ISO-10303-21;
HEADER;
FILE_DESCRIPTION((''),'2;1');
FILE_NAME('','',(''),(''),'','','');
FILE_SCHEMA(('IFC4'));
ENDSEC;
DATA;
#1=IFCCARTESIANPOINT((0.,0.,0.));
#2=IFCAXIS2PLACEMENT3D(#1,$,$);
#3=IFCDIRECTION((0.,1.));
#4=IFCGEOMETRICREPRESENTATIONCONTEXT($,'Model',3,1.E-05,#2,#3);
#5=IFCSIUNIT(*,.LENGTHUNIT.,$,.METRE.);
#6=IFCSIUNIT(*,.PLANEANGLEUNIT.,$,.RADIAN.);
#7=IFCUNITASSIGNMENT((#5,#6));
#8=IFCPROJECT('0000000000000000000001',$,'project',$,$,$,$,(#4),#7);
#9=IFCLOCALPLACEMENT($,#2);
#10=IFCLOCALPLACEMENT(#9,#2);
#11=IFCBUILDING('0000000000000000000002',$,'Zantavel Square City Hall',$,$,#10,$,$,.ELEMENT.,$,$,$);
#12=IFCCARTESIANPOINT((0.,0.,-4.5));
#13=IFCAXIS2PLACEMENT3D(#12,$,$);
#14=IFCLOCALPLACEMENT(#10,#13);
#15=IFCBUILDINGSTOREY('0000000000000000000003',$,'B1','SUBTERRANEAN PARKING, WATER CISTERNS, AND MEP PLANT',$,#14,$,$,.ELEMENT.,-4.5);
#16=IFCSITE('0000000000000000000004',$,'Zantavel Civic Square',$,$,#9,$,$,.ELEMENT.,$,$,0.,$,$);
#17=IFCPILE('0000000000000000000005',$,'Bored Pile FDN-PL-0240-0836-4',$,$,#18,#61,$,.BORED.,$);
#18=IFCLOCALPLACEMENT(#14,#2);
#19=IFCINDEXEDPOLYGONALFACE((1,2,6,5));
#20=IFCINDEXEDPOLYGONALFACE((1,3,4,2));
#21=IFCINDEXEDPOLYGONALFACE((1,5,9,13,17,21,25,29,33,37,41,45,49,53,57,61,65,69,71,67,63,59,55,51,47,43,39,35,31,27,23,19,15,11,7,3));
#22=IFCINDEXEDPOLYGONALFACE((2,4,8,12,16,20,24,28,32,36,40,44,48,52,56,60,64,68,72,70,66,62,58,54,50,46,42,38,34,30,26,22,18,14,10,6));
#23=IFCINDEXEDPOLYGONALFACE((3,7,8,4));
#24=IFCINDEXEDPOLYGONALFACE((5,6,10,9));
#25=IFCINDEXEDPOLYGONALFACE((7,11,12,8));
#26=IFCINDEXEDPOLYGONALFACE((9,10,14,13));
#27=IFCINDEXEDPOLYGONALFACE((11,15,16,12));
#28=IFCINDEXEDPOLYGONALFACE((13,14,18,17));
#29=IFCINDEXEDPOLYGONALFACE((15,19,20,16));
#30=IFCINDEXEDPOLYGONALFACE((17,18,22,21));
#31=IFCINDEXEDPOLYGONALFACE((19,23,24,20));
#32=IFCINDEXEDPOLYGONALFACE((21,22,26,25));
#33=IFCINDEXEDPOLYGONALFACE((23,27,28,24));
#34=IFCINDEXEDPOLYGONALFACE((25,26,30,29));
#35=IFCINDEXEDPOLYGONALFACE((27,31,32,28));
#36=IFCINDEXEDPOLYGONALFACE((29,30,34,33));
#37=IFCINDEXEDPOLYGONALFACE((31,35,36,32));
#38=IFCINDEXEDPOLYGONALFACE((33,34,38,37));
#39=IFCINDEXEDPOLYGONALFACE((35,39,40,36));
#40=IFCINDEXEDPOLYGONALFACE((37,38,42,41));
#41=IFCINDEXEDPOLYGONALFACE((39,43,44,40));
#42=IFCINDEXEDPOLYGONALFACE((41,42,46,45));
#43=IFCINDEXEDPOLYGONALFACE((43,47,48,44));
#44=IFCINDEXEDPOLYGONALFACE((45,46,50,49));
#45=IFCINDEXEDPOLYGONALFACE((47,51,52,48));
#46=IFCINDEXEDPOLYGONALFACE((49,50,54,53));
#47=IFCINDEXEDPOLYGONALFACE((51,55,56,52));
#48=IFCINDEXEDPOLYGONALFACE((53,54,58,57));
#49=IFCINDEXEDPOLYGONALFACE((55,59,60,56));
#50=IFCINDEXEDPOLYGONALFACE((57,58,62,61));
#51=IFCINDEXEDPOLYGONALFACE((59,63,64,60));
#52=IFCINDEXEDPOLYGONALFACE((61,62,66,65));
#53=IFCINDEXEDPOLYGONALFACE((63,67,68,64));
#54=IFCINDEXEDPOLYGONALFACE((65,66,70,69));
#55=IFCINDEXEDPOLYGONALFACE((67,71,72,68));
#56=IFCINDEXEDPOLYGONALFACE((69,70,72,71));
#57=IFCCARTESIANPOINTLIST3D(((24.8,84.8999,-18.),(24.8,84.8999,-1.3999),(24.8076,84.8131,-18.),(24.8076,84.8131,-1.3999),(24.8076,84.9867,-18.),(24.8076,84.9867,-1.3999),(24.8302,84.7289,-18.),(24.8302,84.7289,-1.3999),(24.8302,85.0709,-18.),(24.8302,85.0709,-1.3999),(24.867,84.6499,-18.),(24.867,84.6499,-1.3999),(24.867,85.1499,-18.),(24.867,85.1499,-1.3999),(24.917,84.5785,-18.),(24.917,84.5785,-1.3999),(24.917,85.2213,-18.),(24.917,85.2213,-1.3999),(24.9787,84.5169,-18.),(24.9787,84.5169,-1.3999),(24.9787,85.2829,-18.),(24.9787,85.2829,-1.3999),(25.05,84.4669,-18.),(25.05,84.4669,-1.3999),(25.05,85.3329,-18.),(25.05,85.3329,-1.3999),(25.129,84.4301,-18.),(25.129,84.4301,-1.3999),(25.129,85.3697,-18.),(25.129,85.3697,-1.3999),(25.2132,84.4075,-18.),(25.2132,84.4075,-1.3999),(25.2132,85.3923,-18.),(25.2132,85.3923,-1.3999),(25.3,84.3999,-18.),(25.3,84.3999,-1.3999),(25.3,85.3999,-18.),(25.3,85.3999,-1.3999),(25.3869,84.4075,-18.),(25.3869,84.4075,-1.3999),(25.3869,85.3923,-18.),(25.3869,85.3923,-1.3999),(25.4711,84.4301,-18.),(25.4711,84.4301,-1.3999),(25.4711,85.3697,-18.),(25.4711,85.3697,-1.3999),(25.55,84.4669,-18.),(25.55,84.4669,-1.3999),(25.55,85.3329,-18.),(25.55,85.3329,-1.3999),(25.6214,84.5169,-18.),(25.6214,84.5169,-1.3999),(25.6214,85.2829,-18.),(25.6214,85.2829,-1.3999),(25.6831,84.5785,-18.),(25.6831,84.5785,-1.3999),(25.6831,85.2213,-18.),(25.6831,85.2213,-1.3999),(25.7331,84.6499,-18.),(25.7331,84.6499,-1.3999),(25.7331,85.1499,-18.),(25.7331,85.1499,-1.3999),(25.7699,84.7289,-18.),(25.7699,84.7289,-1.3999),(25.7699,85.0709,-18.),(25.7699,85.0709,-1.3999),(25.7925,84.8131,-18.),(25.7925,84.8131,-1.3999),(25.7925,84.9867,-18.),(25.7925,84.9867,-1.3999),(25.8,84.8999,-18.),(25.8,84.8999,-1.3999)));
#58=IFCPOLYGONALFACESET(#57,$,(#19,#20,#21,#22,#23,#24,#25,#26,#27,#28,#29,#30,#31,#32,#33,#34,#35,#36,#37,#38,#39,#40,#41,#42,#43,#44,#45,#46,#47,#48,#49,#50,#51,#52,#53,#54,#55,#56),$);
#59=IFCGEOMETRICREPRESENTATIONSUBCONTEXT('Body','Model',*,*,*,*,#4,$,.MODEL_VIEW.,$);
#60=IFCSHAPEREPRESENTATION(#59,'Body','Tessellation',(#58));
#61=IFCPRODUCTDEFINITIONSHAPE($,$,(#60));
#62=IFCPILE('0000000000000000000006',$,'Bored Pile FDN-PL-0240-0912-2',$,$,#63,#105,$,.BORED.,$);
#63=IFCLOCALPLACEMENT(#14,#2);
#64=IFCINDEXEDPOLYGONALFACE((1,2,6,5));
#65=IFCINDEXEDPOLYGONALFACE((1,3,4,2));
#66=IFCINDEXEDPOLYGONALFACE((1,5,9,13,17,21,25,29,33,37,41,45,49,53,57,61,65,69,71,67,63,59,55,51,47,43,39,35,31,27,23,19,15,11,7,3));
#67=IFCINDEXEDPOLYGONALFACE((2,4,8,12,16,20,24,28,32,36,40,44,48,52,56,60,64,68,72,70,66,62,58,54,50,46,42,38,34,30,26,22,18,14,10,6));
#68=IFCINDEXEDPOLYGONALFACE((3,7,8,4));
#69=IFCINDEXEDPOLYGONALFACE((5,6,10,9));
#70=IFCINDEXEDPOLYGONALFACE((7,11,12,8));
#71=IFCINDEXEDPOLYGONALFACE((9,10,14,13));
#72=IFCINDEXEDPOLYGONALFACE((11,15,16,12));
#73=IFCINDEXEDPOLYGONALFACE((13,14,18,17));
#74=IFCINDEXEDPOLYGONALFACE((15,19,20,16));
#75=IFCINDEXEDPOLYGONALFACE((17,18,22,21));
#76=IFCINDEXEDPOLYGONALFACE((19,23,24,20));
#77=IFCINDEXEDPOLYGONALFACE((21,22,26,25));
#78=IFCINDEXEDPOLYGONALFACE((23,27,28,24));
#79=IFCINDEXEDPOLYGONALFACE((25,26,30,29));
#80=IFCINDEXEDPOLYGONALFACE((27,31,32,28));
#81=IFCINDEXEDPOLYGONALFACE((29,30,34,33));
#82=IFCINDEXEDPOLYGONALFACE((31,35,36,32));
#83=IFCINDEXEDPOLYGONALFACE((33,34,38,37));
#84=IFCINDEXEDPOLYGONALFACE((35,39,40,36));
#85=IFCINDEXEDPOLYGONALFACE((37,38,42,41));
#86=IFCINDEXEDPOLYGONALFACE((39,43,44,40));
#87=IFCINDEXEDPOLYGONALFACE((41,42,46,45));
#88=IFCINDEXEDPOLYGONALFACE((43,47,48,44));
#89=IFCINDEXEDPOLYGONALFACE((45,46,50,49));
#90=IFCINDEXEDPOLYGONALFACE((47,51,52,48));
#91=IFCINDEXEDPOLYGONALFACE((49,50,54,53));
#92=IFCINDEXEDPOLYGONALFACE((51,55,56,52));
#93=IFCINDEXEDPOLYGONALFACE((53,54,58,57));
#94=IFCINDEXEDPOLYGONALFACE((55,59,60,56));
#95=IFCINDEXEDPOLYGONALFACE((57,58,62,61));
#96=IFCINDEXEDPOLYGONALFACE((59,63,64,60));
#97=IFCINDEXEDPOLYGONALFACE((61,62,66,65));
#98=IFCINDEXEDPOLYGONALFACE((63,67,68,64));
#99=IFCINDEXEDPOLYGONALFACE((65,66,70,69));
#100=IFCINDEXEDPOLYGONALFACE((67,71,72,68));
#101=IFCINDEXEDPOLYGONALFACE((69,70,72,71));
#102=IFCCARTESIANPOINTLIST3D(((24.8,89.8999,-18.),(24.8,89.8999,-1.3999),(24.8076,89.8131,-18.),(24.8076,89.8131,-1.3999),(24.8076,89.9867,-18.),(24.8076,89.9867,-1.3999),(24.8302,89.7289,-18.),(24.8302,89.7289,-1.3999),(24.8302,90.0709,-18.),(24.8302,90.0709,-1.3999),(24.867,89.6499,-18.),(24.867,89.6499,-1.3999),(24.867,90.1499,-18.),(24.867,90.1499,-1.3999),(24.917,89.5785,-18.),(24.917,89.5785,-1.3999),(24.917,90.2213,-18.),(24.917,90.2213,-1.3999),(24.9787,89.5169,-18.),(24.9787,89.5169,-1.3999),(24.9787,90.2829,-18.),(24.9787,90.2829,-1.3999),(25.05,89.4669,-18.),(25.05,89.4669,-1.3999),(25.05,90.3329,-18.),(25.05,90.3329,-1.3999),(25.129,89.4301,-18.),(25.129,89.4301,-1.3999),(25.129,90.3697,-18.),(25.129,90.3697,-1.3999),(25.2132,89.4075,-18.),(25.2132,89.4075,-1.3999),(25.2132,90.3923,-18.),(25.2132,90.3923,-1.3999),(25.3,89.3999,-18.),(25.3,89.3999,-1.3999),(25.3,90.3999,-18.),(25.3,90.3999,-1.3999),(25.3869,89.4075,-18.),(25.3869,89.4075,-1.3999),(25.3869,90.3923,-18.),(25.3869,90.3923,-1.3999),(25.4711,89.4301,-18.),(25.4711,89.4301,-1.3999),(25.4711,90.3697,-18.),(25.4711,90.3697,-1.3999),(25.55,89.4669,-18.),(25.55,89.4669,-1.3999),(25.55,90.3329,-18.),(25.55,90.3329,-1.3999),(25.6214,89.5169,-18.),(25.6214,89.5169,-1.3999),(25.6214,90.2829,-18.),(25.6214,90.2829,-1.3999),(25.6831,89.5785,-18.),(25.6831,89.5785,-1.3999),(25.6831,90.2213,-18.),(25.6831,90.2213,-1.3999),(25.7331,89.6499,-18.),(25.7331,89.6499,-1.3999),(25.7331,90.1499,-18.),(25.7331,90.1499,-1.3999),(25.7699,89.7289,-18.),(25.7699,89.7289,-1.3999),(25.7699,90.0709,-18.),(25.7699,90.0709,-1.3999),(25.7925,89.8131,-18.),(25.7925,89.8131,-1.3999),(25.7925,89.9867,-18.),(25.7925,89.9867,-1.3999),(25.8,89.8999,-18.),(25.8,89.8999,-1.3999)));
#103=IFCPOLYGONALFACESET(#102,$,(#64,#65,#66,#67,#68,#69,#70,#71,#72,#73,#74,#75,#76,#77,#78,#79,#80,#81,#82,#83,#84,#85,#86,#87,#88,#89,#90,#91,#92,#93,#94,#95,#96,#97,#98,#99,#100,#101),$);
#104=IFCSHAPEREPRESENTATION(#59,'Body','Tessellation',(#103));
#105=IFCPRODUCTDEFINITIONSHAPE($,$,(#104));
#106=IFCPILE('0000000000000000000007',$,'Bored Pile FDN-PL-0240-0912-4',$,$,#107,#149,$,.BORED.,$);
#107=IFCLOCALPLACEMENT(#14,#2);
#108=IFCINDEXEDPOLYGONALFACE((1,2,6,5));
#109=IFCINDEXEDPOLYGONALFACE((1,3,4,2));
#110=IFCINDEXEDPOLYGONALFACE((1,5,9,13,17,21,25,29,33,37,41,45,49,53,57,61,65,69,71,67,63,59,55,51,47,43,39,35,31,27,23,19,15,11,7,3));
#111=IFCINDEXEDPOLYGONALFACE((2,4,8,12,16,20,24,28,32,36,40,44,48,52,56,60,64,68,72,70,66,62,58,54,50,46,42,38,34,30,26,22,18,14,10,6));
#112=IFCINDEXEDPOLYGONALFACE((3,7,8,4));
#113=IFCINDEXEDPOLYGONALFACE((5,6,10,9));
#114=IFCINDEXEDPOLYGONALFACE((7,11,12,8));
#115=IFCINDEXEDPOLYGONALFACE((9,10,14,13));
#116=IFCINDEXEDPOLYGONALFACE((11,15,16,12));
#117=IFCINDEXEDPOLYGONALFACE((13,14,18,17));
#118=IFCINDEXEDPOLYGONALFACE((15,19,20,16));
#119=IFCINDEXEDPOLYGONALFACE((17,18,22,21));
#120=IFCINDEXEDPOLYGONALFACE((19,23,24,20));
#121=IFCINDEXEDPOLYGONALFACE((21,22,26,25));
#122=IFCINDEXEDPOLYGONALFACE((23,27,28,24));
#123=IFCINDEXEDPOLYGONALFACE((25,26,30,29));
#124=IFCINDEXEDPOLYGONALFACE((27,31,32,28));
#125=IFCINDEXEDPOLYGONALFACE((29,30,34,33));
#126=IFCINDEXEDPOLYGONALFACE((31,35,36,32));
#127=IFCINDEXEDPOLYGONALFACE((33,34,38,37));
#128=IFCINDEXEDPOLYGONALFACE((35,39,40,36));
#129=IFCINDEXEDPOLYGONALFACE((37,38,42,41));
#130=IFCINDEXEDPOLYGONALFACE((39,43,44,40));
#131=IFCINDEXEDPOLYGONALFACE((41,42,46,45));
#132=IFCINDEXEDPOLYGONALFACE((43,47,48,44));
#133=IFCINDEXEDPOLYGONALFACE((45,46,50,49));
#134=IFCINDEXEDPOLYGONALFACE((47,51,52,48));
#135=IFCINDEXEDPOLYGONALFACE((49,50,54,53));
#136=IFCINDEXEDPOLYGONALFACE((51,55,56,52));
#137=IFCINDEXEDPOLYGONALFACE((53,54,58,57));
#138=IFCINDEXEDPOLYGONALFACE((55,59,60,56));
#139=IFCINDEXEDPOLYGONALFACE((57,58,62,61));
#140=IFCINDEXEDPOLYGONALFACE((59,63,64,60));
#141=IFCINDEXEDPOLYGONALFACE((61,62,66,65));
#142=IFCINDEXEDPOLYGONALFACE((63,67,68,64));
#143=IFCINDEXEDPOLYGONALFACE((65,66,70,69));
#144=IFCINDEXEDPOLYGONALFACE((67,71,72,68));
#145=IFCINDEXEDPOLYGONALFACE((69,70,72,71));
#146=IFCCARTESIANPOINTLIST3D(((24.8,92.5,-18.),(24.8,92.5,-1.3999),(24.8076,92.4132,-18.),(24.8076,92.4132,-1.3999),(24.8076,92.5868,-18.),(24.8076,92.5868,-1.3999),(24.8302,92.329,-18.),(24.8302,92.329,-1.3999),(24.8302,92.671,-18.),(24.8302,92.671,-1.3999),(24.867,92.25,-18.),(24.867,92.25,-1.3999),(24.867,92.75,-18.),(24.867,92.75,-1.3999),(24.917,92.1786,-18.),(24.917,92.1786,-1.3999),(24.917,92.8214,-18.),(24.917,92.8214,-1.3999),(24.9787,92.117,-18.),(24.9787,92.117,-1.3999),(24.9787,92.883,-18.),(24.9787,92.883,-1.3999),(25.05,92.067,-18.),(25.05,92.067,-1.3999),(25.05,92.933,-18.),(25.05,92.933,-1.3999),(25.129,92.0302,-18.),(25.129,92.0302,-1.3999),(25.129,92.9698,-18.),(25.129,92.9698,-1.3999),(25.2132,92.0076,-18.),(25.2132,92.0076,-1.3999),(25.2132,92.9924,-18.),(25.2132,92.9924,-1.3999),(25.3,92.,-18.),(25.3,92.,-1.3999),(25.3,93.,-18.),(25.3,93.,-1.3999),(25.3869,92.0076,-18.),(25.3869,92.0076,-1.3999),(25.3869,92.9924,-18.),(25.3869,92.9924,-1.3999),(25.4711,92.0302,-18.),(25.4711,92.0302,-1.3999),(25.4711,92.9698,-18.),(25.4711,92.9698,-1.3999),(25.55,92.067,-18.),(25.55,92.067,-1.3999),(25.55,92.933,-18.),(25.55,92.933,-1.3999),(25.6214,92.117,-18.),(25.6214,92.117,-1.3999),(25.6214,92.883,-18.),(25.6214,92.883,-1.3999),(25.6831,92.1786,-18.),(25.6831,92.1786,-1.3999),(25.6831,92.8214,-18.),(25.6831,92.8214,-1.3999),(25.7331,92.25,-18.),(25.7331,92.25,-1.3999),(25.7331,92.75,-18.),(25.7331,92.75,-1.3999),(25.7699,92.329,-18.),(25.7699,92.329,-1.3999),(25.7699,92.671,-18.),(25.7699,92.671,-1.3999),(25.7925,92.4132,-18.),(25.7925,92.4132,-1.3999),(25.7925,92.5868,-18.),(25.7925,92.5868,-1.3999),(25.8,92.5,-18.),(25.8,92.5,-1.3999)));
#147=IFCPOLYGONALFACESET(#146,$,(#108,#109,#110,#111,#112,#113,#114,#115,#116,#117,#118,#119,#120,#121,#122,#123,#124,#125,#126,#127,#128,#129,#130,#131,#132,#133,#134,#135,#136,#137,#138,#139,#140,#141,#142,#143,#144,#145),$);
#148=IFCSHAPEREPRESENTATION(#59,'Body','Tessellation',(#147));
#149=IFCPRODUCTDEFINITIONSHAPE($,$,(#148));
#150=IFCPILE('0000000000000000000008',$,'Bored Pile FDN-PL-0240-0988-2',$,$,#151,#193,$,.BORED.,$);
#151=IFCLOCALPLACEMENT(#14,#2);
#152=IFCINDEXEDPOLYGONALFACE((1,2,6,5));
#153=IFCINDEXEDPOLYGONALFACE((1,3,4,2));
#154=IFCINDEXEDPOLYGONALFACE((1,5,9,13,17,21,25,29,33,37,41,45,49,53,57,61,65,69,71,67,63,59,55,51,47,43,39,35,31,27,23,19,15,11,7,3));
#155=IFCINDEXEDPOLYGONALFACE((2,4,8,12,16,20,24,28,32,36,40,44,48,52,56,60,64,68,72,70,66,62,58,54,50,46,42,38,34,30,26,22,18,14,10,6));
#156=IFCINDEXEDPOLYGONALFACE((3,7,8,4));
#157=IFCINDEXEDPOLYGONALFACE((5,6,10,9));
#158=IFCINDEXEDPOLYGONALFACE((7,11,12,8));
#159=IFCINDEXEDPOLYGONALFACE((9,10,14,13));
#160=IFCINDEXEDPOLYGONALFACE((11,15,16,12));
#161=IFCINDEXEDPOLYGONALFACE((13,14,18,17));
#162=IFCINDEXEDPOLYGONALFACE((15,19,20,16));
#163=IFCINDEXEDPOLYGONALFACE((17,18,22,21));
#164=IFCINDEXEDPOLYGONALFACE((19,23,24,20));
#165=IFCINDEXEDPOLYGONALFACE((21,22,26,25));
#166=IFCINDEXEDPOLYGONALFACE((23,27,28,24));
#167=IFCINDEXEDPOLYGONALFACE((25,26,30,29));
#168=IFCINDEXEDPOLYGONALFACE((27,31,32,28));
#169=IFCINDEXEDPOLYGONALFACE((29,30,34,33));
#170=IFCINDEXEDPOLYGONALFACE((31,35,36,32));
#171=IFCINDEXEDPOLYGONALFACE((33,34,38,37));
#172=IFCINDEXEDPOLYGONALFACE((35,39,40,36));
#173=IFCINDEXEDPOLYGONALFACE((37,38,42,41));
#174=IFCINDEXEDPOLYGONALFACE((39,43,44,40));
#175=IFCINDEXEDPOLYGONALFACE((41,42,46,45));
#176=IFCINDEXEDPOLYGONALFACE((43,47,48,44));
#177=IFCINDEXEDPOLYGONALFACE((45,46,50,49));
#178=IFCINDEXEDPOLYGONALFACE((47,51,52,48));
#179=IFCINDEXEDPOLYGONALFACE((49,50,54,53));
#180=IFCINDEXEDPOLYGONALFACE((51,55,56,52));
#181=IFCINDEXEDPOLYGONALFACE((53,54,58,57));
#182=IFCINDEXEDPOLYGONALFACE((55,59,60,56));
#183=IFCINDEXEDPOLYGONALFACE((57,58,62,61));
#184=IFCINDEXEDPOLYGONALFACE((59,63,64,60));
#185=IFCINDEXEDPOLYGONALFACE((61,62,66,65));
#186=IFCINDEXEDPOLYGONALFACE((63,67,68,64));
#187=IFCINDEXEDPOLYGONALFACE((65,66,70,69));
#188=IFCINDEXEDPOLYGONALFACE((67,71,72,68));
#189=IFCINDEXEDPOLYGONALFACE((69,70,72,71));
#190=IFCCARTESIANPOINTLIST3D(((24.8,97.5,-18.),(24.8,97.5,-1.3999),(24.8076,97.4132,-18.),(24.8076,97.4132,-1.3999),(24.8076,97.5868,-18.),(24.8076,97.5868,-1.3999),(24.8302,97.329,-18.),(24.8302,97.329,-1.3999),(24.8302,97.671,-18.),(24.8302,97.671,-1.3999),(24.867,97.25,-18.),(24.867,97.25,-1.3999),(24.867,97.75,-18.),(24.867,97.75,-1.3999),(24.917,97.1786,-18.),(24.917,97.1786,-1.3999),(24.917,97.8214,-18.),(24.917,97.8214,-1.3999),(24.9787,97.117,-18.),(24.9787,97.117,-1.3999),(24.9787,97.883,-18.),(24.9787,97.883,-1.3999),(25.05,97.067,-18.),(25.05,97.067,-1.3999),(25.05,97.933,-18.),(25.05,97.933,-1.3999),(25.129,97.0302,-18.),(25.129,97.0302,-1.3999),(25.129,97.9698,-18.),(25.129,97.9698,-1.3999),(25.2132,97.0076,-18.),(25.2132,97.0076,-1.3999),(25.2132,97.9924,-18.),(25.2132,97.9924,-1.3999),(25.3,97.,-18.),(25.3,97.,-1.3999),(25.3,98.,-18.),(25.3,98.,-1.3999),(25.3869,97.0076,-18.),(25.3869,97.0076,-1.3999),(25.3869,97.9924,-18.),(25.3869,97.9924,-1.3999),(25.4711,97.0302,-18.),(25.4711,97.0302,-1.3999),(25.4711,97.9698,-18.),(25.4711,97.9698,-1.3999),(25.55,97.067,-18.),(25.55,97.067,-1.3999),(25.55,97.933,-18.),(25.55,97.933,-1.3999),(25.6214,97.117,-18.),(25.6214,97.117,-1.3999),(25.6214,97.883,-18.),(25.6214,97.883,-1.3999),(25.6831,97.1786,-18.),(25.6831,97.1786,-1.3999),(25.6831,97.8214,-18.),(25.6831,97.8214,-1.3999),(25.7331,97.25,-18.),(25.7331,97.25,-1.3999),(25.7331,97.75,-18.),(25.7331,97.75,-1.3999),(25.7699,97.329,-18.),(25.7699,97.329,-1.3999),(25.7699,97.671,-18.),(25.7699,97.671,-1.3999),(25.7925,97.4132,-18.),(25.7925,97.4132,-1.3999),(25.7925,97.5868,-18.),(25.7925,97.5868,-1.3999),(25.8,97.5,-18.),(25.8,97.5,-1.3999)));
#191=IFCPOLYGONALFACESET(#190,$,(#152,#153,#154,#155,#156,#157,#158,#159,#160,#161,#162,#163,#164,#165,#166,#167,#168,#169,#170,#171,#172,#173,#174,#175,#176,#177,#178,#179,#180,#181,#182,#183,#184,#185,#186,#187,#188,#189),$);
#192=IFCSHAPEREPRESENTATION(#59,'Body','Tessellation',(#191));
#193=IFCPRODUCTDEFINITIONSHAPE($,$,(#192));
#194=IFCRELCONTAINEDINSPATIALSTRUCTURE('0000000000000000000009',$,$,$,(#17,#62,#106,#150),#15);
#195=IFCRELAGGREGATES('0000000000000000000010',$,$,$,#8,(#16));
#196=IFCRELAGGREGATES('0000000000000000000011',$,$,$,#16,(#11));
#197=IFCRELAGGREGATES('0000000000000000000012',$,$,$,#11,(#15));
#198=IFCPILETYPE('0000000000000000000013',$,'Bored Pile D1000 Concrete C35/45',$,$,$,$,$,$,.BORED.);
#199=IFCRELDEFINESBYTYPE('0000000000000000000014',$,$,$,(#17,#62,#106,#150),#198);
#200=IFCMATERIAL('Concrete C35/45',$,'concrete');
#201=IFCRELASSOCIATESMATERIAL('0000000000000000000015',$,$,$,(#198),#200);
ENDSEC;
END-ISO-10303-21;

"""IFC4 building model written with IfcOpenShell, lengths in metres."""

from ifc_helpers import new_model, si_unit, direction, frame, origin, origin_2d, place, context, subcontext, project, spatial, circle, extrude, material, material_profile, profile_set, type_object, element, save


model = new_model("IFC4")

# Units and contexts
model_context = context("Model", 3, precision=1e-05, world=origin(), true_north=direction((0.0, 1.0)))
body_context = subcontext(model_context, "Body", "Model", "MODEL_VIEW")
ifc_project = project(units=[si_unit("LENGTHUNIT", "METRE"), si_unit("PLANEANGLEUNIT", "RADIAN")], contexts=[model_context])

# Site, building, storey
site_placement = place(None, origin())
site = spatial("IfcSite", under=ifc_project, at=site_placement, Name="Zantavel Civic Square", CompositionType="ELEMENT", RefElevation=0.0)
building_placement = place(site_placement, origin())
building = spatial("IfcBuilding", under=site, at=building_placement, Name="Zantavel Square City Hall", CompositionType="ELEMENT")
storey_placement = place(building_placement, frame((0.0, 0.0, -4.5)))
storey = spatial("IfcBuildingStorey", under=building, at=storey_placement, Name="B1", Description="SUBTERRANEAN PARKING, WATER CISTERNS, AND MEP PLANT", CompositionType="ELEMENT", Elevation=-4.5)

# Piles
ifc_material_1 = material(Name="Concrete C35/45", Category="concrete")
ifc_material_profile_1 = material_profile(ifc_material_1, circle(Radius=0.5, at=origin_2d()), Name="PILE D1000")
ifc_profile_set_1 = profile_set([ifc_material_profile_1], Name="Concrete C35/45")
pile_type = type_object("IfcPileType", Name="Bored Pile D1000 Concrete C35/45", PredefinedType="BORED", material=ifc_profile_set_1)
for number, where, z_axis, x_axis, name in (
    (1, (25.3, 84.8999, -1.3999), (0.0, 0.0, -1.0), (1.0, 0.0, 0.0), "Bored Pile FDN-PL-0240-0836-4"),
    (2, (25.3, 89.8999, -1.3999), (0.0, 0.0, -1.0), (1.0, 0.0, 0.0), "Bored Pile FDN-PL-0240-0912-2"),
    (3, (25.3, 92.5, -1.3999), (0.0, 0.0, -1.0), (1.0, 0.0, 0.0), "Bored Pile FDN-PL-0240-0912-4"),
    (4, (25.3, 97.5, -1.3999), (0.0, 0.0, -1.0), (1.0, 0.0, 0.0), "Bored Pile FDN-PL-0240-0988-2"),
):
    element("IfcPile", number, at=place(storey_placement, frame(where, z_axis=z_axis, x_axis=x_axis)), inside=storey, type_object=pile_type, Name=name, PredefinedType="BORED", context=body_context, shape_type="SweptSolid", body=[
        extrude(circle(Radius=0.5, at=origin_2d()), origin(), (0.0, 0.0, 1.0), 16.6001),
    ])

save(model, "model.ifc")
